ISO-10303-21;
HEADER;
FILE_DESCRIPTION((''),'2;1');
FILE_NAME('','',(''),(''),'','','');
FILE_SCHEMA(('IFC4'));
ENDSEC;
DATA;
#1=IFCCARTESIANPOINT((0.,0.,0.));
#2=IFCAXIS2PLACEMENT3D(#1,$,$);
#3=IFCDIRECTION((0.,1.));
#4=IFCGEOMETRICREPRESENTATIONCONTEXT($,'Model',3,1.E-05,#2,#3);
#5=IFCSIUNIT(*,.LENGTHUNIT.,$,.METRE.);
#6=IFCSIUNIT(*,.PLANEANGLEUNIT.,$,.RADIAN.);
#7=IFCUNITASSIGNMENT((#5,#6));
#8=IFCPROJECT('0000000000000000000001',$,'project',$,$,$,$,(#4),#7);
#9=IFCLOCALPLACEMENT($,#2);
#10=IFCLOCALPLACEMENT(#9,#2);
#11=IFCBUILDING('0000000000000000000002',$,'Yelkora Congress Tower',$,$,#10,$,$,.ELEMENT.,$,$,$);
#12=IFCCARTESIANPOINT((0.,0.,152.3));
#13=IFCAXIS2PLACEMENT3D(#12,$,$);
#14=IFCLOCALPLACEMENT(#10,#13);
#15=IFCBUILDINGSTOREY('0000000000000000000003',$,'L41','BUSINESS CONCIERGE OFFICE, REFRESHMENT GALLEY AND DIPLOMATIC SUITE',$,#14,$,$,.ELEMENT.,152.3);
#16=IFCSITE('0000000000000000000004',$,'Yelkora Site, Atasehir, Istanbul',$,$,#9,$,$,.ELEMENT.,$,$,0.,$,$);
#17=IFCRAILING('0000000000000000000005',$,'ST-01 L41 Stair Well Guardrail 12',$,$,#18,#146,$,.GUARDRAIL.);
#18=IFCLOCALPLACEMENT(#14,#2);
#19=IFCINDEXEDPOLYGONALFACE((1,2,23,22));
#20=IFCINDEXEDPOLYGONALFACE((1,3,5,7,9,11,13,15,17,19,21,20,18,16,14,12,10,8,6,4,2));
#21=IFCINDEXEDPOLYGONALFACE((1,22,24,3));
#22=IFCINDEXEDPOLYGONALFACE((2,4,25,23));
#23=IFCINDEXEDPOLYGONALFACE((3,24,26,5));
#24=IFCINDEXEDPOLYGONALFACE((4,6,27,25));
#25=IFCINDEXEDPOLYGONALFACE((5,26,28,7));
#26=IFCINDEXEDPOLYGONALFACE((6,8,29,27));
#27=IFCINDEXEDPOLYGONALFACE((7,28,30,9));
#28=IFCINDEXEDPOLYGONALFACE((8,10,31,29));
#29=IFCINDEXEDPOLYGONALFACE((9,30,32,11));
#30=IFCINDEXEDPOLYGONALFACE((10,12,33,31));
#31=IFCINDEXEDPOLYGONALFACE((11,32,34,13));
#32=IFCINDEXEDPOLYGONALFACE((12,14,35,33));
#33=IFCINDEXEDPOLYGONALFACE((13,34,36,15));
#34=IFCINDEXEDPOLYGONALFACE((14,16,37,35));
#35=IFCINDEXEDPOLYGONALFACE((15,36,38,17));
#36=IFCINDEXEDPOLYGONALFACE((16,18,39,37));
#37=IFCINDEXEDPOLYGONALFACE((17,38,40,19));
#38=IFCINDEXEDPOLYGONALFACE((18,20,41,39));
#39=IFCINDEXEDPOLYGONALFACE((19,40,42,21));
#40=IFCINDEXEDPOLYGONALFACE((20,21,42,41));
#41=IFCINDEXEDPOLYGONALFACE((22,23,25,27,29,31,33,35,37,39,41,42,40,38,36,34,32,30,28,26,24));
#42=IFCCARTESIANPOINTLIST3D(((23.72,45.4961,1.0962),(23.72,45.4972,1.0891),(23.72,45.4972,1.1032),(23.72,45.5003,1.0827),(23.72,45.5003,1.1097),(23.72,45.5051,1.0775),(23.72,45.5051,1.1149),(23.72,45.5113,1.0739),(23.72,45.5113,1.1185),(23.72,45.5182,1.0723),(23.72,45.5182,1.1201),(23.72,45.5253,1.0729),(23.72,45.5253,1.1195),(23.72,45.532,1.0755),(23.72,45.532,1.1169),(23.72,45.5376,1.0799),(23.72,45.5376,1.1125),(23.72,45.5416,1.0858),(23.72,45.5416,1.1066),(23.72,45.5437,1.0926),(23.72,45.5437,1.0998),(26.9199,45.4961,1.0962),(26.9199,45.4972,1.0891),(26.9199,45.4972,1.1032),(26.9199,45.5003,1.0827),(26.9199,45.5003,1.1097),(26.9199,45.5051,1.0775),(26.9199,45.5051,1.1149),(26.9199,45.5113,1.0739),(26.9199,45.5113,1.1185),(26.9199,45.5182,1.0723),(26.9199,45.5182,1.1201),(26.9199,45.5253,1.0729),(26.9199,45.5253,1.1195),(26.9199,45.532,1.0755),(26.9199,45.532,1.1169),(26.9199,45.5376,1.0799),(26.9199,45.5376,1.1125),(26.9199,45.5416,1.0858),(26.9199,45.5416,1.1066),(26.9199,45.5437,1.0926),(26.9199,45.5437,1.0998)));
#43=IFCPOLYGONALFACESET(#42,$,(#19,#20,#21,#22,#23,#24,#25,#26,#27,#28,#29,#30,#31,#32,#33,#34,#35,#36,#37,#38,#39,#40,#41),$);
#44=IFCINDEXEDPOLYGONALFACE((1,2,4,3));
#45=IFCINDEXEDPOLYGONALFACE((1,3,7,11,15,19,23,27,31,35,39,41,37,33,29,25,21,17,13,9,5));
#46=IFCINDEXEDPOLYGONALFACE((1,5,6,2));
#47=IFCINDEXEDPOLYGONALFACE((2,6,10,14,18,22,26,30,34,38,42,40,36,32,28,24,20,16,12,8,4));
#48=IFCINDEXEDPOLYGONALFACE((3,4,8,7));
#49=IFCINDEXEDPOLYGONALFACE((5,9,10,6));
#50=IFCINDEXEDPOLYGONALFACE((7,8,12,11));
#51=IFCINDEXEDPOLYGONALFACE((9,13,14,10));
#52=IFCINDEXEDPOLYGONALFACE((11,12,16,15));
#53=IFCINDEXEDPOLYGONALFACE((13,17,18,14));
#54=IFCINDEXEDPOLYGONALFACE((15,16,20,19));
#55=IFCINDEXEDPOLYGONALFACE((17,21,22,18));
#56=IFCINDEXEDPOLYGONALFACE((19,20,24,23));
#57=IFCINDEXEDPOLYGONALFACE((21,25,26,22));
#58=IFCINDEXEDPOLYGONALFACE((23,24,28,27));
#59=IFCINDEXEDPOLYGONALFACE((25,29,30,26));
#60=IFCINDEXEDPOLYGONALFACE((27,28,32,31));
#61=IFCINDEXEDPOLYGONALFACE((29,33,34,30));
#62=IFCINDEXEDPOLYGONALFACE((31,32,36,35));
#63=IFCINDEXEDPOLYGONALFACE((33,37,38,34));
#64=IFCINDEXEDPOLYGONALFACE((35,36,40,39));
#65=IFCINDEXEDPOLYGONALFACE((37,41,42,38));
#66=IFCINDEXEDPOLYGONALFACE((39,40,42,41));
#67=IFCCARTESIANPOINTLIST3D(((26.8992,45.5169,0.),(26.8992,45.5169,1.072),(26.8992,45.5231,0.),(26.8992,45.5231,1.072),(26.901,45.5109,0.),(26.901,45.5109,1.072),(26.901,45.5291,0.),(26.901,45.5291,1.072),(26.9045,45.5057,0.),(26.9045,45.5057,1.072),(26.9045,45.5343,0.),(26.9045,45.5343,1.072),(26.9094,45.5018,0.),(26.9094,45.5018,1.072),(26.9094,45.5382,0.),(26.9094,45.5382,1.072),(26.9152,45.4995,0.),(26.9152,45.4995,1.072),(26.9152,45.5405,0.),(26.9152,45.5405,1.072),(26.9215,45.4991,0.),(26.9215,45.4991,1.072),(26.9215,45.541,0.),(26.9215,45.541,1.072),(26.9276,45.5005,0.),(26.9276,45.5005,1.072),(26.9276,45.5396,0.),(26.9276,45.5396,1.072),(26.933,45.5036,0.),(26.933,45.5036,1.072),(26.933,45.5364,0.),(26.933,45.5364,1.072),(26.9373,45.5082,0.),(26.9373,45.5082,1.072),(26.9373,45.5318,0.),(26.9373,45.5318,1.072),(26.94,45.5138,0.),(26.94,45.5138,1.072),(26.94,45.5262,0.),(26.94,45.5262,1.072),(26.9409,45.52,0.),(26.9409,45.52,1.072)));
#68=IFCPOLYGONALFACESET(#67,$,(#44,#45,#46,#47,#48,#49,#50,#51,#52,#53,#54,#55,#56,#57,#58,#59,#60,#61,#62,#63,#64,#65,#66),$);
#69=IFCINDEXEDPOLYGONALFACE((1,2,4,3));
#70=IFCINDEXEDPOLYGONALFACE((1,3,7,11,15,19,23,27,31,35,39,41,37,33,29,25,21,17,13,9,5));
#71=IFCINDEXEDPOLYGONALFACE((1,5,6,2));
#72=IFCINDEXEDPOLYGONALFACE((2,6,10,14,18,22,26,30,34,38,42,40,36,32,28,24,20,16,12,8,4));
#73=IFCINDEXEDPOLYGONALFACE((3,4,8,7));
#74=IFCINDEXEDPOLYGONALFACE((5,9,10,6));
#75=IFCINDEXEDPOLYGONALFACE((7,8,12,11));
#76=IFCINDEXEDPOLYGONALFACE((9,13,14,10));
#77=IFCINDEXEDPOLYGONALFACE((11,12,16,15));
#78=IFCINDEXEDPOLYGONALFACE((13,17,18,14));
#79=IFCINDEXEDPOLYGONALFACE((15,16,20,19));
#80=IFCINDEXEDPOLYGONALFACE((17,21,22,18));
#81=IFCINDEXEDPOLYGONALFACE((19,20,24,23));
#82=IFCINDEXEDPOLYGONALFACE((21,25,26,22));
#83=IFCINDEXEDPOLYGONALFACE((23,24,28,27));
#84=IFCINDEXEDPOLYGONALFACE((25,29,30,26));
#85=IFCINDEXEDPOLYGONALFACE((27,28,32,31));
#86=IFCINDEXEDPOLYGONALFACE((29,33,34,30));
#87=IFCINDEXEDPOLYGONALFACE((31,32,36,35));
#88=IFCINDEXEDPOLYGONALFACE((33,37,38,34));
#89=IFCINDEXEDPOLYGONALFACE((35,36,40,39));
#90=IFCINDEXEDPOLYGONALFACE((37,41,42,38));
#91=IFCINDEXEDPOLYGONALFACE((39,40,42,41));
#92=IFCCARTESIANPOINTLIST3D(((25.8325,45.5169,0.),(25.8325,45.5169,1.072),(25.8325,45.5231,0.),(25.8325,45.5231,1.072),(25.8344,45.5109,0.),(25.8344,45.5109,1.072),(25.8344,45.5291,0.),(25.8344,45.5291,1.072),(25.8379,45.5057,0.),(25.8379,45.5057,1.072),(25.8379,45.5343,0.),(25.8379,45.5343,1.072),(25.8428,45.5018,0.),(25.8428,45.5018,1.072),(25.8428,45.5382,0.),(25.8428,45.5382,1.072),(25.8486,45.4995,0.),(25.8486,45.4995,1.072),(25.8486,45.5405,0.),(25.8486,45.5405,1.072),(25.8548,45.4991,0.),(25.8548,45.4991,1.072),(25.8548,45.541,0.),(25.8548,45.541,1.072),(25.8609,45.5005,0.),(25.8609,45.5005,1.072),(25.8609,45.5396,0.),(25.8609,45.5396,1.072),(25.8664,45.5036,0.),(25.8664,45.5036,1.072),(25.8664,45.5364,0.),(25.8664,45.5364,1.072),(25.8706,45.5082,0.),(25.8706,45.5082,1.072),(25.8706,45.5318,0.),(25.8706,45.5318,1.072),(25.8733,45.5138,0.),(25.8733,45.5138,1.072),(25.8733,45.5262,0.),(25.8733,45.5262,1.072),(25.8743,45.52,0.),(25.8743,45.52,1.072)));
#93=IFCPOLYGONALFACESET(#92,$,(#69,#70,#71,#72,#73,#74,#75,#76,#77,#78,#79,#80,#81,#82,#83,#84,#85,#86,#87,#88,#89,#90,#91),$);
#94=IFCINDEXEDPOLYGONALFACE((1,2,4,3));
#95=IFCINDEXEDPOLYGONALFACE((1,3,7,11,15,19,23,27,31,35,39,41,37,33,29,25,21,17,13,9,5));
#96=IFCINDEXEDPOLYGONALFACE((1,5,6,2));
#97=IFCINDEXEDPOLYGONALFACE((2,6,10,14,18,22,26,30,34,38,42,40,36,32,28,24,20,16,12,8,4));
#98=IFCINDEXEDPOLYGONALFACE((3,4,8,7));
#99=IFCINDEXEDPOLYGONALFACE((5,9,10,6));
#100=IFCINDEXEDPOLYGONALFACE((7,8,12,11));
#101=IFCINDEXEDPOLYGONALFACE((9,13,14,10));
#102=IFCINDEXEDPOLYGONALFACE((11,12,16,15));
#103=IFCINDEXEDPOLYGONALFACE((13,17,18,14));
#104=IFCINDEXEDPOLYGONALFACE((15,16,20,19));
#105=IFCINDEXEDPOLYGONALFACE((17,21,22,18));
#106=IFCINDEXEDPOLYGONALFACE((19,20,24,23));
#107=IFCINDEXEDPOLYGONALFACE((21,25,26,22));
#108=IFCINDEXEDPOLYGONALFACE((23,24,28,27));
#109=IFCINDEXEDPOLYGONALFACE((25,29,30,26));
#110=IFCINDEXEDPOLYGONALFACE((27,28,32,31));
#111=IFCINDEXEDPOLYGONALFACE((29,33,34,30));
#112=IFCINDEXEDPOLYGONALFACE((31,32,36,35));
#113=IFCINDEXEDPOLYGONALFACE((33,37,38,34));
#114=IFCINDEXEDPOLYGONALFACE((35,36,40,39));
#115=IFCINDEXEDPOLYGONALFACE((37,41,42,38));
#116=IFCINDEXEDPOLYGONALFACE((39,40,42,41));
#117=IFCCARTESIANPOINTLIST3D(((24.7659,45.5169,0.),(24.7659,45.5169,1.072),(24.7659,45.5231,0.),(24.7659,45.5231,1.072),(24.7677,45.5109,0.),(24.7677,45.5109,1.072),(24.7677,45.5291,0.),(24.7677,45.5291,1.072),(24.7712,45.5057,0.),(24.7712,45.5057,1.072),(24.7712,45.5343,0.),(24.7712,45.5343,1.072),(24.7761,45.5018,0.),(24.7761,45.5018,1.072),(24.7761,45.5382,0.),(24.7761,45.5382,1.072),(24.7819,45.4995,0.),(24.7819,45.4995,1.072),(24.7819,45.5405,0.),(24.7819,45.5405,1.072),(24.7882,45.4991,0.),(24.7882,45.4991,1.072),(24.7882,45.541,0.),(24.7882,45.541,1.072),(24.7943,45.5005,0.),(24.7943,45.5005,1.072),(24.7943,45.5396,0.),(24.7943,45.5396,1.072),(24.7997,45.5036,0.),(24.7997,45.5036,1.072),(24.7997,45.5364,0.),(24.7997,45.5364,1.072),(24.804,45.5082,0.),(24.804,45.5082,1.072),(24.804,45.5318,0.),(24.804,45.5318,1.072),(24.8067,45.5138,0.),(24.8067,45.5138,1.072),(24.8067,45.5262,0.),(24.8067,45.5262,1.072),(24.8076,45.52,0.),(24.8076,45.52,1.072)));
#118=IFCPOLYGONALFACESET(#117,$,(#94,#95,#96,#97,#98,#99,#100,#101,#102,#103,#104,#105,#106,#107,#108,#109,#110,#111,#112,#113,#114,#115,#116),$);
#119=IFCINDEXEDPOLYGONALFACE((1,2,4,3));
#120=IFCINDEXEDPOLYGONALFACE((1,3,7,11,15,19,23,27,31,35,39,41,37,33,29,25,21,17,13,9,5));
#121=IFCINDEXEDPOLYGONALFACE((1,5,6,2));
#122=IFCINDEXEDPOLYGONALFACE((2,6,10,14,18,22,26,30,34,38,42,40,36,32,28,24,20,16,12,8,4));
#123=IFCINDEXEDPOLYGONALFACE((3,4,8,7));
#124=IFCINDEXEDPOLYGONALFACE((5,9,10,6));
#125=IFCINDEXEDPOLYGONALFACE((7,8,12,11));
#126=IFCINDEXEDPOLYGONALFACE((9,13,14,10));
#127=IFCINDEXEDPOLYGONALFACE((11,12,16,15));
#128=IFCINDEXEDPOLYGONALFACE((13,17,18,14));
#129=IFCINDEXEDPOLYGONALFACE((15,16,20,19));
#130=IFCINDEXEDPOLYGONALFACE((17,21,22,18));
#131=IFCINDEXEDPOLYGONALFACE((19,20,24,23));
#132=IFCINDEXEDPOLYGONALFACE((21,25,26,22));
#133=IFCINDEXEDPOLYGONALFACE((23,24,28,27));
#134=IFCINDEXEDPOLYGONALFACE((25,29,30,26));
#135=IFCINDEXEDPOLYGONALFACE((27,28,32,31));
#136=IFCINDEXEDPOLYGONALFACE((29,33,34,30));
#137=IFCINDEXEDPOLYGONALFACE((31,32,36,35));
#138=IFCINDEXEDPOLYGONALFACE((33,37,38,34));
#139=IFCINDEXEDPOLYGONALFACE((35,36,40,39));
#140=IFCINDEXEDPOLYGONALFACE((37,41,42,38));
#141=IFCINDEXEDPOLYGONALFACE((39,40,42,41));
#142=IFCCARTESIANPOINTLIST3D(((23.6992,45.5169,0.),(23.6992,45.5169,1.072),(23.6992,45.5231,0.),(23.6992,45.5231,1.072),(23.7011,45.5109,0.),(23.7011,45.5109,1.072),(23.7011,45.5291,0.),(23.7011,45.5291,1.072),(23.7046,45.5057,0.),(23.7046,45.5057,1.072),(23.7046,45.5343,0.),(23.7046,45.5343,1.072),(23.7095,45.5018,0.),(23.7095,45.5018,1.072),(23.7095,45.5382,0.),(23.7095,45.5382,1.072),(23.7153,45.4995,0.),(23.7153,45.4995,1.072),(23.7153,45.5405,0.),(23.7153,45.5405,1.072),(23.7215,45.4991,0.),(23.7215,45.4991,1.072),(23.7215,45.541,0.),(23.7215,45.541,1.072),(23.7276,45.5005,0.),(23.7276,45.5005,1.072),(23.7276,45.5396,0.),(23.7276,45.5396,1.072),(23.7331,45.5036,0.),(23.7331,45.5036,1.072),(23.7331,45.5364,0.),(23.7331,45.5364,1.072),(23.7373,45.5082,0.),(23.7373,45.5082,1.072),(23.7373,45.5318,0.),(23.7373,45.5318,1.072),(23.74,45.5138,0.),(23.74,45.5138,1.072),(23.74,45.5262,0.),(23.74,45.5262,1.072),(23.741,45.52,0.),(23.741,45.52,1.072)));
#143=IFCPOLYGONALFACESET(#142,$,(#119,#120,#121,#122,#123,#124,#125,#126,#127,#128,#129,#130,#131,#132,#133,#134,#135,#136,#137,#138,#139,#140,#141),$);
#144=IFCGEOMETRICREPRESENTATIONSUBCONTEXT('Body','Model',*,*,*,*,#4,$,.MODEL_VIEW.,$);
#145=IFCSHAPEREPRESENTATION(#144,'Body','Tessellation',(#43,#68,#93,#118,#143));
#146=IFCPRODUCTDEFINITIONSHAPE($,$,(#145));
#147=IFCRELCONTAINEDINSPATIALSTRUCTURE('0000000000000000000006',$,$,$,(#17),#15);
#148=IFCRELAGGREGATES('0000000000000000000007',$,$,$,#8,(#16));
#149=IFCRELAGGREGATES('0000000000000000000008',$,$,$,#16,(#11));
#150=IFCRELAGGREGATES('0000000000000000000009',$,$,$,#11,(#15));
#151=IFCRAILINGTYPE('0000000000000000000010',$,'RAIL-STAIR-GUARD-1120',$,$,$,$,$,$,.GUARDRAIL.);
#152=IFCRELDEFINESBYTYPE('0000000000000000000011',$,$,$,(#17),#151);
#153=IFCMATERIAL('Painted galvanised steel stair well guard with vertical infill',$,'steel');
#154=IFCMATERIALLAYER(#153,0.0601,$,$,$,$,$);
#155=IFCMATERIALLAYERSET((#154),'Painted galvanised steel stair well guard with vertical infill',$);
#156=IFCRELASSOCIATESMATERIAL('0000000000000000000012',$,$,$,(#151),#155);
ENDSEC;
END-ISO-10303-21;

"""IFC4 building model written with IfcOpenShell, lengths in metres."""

from ifc_helpers import new_model, si_unit, direction, frame, origin, origin_2d, place, context, subcontext, project, spatial, circle, extrude, material, layer, layer_set, type_object, element, save


model = new_model("IFC4")

# Units and contexts
model_context = context("Model", 3, precision=1e-05, world=origin(), true_north=direction((0.0, 1.0)))
body_context = subcontext(model_context, "Body", "Model", "MODEL_VIEW")
ifc_project = project(units=[si_unit("LENGTHUNIT", "METRE"), si_unit("PLANEANGLEUNIT", "RADIAN")], contexts=[model_context])

# Site, building, storey
site_placement = place(None, origin())
site = spatial("IfcSite", under=ifc_project, at=site_placement, Name="Yelkora Site, Atasehir, Istanbul", CompositionType="ELEMENT", RefElevation=0.0)
building_placement = place(site_placement, origin())
building = spatial("IfcBuilding", under=site, at=building_placement, Name="Yelkora Congress Tower", CompositionType="ELEMENT")
storey_placement = place(building_placement, frame((0.0, 0.0, 152.3)))
storey = spatial("IfcBuildingStorey", under=building, at=storey_placement, Name="L41", Description="BUSINESS CONCIERGE OFFICE, REFRESHMENT GALLEY AND DIPLOMATIC SUITE", CompositionType="ELEMENT", Elevation=152.3)

# Railing
ifc_material_1 = material(Name="Painted galvanised steel stair well guard with vertical infill", Category="steel")
ifc_layer_1 = layer(ifc_material_1, 0.0601)
ifc_layer_set_1 = layer_set([ifc_layer_1], Name="Painted galvanised steel stair well guard with vertical infill")
railing_type_1 = type_object("IfcRailingType", Name="RAIL-STAIR-GUARD-1120", PredefinedType="GUARDRAIL", material=ifc_layer_set_1)
railing_1_placement = place(storey_placement, frame((26.9199, 45.52, 0.0)))
element("IfcRailing", 1, at=railing_1_placement, inside=storey, type_object=railing_type_1, Name="ST-01 L41 Stair Well Guardrail 12", PredefinedType="GUARDRAIL", context=body_context, shape_type="SweptSolid", body=[
    extrude(circle(Radius=0.0239, at=origin_2d()), frame((0.0, 0.0, 1.0962), z_axis=(-1.0, 0.0, 0.0), x_axis=(0.0, -1.0, 0.0)), (0.0, 0.0, 1.0), 3.2),
    extrude(circle(Radius=0.021, at=origin_2d()), origin(), (0.0, 0.0, 1.0), 1.072),
    extrude(circle(Radius=0.021, at=origin_2d()), frame((-1.0667, 0.0, 0.0)), (0.0, 0.0, 1.0), 1.072),
    extrude(circle(Radius=0.021, at=origin_2d()), frame((-2.1333, 0.0, 0.0)), (0.0, 0.0, 1.0), 1.072),
    extrude(circle(Radius=0.021, at=origin_2d()), frame((-3.2, 0.0, 0.0)), (0.0, 0.0, 1.0), 1.072),
])

save(model, "model.ifc")
